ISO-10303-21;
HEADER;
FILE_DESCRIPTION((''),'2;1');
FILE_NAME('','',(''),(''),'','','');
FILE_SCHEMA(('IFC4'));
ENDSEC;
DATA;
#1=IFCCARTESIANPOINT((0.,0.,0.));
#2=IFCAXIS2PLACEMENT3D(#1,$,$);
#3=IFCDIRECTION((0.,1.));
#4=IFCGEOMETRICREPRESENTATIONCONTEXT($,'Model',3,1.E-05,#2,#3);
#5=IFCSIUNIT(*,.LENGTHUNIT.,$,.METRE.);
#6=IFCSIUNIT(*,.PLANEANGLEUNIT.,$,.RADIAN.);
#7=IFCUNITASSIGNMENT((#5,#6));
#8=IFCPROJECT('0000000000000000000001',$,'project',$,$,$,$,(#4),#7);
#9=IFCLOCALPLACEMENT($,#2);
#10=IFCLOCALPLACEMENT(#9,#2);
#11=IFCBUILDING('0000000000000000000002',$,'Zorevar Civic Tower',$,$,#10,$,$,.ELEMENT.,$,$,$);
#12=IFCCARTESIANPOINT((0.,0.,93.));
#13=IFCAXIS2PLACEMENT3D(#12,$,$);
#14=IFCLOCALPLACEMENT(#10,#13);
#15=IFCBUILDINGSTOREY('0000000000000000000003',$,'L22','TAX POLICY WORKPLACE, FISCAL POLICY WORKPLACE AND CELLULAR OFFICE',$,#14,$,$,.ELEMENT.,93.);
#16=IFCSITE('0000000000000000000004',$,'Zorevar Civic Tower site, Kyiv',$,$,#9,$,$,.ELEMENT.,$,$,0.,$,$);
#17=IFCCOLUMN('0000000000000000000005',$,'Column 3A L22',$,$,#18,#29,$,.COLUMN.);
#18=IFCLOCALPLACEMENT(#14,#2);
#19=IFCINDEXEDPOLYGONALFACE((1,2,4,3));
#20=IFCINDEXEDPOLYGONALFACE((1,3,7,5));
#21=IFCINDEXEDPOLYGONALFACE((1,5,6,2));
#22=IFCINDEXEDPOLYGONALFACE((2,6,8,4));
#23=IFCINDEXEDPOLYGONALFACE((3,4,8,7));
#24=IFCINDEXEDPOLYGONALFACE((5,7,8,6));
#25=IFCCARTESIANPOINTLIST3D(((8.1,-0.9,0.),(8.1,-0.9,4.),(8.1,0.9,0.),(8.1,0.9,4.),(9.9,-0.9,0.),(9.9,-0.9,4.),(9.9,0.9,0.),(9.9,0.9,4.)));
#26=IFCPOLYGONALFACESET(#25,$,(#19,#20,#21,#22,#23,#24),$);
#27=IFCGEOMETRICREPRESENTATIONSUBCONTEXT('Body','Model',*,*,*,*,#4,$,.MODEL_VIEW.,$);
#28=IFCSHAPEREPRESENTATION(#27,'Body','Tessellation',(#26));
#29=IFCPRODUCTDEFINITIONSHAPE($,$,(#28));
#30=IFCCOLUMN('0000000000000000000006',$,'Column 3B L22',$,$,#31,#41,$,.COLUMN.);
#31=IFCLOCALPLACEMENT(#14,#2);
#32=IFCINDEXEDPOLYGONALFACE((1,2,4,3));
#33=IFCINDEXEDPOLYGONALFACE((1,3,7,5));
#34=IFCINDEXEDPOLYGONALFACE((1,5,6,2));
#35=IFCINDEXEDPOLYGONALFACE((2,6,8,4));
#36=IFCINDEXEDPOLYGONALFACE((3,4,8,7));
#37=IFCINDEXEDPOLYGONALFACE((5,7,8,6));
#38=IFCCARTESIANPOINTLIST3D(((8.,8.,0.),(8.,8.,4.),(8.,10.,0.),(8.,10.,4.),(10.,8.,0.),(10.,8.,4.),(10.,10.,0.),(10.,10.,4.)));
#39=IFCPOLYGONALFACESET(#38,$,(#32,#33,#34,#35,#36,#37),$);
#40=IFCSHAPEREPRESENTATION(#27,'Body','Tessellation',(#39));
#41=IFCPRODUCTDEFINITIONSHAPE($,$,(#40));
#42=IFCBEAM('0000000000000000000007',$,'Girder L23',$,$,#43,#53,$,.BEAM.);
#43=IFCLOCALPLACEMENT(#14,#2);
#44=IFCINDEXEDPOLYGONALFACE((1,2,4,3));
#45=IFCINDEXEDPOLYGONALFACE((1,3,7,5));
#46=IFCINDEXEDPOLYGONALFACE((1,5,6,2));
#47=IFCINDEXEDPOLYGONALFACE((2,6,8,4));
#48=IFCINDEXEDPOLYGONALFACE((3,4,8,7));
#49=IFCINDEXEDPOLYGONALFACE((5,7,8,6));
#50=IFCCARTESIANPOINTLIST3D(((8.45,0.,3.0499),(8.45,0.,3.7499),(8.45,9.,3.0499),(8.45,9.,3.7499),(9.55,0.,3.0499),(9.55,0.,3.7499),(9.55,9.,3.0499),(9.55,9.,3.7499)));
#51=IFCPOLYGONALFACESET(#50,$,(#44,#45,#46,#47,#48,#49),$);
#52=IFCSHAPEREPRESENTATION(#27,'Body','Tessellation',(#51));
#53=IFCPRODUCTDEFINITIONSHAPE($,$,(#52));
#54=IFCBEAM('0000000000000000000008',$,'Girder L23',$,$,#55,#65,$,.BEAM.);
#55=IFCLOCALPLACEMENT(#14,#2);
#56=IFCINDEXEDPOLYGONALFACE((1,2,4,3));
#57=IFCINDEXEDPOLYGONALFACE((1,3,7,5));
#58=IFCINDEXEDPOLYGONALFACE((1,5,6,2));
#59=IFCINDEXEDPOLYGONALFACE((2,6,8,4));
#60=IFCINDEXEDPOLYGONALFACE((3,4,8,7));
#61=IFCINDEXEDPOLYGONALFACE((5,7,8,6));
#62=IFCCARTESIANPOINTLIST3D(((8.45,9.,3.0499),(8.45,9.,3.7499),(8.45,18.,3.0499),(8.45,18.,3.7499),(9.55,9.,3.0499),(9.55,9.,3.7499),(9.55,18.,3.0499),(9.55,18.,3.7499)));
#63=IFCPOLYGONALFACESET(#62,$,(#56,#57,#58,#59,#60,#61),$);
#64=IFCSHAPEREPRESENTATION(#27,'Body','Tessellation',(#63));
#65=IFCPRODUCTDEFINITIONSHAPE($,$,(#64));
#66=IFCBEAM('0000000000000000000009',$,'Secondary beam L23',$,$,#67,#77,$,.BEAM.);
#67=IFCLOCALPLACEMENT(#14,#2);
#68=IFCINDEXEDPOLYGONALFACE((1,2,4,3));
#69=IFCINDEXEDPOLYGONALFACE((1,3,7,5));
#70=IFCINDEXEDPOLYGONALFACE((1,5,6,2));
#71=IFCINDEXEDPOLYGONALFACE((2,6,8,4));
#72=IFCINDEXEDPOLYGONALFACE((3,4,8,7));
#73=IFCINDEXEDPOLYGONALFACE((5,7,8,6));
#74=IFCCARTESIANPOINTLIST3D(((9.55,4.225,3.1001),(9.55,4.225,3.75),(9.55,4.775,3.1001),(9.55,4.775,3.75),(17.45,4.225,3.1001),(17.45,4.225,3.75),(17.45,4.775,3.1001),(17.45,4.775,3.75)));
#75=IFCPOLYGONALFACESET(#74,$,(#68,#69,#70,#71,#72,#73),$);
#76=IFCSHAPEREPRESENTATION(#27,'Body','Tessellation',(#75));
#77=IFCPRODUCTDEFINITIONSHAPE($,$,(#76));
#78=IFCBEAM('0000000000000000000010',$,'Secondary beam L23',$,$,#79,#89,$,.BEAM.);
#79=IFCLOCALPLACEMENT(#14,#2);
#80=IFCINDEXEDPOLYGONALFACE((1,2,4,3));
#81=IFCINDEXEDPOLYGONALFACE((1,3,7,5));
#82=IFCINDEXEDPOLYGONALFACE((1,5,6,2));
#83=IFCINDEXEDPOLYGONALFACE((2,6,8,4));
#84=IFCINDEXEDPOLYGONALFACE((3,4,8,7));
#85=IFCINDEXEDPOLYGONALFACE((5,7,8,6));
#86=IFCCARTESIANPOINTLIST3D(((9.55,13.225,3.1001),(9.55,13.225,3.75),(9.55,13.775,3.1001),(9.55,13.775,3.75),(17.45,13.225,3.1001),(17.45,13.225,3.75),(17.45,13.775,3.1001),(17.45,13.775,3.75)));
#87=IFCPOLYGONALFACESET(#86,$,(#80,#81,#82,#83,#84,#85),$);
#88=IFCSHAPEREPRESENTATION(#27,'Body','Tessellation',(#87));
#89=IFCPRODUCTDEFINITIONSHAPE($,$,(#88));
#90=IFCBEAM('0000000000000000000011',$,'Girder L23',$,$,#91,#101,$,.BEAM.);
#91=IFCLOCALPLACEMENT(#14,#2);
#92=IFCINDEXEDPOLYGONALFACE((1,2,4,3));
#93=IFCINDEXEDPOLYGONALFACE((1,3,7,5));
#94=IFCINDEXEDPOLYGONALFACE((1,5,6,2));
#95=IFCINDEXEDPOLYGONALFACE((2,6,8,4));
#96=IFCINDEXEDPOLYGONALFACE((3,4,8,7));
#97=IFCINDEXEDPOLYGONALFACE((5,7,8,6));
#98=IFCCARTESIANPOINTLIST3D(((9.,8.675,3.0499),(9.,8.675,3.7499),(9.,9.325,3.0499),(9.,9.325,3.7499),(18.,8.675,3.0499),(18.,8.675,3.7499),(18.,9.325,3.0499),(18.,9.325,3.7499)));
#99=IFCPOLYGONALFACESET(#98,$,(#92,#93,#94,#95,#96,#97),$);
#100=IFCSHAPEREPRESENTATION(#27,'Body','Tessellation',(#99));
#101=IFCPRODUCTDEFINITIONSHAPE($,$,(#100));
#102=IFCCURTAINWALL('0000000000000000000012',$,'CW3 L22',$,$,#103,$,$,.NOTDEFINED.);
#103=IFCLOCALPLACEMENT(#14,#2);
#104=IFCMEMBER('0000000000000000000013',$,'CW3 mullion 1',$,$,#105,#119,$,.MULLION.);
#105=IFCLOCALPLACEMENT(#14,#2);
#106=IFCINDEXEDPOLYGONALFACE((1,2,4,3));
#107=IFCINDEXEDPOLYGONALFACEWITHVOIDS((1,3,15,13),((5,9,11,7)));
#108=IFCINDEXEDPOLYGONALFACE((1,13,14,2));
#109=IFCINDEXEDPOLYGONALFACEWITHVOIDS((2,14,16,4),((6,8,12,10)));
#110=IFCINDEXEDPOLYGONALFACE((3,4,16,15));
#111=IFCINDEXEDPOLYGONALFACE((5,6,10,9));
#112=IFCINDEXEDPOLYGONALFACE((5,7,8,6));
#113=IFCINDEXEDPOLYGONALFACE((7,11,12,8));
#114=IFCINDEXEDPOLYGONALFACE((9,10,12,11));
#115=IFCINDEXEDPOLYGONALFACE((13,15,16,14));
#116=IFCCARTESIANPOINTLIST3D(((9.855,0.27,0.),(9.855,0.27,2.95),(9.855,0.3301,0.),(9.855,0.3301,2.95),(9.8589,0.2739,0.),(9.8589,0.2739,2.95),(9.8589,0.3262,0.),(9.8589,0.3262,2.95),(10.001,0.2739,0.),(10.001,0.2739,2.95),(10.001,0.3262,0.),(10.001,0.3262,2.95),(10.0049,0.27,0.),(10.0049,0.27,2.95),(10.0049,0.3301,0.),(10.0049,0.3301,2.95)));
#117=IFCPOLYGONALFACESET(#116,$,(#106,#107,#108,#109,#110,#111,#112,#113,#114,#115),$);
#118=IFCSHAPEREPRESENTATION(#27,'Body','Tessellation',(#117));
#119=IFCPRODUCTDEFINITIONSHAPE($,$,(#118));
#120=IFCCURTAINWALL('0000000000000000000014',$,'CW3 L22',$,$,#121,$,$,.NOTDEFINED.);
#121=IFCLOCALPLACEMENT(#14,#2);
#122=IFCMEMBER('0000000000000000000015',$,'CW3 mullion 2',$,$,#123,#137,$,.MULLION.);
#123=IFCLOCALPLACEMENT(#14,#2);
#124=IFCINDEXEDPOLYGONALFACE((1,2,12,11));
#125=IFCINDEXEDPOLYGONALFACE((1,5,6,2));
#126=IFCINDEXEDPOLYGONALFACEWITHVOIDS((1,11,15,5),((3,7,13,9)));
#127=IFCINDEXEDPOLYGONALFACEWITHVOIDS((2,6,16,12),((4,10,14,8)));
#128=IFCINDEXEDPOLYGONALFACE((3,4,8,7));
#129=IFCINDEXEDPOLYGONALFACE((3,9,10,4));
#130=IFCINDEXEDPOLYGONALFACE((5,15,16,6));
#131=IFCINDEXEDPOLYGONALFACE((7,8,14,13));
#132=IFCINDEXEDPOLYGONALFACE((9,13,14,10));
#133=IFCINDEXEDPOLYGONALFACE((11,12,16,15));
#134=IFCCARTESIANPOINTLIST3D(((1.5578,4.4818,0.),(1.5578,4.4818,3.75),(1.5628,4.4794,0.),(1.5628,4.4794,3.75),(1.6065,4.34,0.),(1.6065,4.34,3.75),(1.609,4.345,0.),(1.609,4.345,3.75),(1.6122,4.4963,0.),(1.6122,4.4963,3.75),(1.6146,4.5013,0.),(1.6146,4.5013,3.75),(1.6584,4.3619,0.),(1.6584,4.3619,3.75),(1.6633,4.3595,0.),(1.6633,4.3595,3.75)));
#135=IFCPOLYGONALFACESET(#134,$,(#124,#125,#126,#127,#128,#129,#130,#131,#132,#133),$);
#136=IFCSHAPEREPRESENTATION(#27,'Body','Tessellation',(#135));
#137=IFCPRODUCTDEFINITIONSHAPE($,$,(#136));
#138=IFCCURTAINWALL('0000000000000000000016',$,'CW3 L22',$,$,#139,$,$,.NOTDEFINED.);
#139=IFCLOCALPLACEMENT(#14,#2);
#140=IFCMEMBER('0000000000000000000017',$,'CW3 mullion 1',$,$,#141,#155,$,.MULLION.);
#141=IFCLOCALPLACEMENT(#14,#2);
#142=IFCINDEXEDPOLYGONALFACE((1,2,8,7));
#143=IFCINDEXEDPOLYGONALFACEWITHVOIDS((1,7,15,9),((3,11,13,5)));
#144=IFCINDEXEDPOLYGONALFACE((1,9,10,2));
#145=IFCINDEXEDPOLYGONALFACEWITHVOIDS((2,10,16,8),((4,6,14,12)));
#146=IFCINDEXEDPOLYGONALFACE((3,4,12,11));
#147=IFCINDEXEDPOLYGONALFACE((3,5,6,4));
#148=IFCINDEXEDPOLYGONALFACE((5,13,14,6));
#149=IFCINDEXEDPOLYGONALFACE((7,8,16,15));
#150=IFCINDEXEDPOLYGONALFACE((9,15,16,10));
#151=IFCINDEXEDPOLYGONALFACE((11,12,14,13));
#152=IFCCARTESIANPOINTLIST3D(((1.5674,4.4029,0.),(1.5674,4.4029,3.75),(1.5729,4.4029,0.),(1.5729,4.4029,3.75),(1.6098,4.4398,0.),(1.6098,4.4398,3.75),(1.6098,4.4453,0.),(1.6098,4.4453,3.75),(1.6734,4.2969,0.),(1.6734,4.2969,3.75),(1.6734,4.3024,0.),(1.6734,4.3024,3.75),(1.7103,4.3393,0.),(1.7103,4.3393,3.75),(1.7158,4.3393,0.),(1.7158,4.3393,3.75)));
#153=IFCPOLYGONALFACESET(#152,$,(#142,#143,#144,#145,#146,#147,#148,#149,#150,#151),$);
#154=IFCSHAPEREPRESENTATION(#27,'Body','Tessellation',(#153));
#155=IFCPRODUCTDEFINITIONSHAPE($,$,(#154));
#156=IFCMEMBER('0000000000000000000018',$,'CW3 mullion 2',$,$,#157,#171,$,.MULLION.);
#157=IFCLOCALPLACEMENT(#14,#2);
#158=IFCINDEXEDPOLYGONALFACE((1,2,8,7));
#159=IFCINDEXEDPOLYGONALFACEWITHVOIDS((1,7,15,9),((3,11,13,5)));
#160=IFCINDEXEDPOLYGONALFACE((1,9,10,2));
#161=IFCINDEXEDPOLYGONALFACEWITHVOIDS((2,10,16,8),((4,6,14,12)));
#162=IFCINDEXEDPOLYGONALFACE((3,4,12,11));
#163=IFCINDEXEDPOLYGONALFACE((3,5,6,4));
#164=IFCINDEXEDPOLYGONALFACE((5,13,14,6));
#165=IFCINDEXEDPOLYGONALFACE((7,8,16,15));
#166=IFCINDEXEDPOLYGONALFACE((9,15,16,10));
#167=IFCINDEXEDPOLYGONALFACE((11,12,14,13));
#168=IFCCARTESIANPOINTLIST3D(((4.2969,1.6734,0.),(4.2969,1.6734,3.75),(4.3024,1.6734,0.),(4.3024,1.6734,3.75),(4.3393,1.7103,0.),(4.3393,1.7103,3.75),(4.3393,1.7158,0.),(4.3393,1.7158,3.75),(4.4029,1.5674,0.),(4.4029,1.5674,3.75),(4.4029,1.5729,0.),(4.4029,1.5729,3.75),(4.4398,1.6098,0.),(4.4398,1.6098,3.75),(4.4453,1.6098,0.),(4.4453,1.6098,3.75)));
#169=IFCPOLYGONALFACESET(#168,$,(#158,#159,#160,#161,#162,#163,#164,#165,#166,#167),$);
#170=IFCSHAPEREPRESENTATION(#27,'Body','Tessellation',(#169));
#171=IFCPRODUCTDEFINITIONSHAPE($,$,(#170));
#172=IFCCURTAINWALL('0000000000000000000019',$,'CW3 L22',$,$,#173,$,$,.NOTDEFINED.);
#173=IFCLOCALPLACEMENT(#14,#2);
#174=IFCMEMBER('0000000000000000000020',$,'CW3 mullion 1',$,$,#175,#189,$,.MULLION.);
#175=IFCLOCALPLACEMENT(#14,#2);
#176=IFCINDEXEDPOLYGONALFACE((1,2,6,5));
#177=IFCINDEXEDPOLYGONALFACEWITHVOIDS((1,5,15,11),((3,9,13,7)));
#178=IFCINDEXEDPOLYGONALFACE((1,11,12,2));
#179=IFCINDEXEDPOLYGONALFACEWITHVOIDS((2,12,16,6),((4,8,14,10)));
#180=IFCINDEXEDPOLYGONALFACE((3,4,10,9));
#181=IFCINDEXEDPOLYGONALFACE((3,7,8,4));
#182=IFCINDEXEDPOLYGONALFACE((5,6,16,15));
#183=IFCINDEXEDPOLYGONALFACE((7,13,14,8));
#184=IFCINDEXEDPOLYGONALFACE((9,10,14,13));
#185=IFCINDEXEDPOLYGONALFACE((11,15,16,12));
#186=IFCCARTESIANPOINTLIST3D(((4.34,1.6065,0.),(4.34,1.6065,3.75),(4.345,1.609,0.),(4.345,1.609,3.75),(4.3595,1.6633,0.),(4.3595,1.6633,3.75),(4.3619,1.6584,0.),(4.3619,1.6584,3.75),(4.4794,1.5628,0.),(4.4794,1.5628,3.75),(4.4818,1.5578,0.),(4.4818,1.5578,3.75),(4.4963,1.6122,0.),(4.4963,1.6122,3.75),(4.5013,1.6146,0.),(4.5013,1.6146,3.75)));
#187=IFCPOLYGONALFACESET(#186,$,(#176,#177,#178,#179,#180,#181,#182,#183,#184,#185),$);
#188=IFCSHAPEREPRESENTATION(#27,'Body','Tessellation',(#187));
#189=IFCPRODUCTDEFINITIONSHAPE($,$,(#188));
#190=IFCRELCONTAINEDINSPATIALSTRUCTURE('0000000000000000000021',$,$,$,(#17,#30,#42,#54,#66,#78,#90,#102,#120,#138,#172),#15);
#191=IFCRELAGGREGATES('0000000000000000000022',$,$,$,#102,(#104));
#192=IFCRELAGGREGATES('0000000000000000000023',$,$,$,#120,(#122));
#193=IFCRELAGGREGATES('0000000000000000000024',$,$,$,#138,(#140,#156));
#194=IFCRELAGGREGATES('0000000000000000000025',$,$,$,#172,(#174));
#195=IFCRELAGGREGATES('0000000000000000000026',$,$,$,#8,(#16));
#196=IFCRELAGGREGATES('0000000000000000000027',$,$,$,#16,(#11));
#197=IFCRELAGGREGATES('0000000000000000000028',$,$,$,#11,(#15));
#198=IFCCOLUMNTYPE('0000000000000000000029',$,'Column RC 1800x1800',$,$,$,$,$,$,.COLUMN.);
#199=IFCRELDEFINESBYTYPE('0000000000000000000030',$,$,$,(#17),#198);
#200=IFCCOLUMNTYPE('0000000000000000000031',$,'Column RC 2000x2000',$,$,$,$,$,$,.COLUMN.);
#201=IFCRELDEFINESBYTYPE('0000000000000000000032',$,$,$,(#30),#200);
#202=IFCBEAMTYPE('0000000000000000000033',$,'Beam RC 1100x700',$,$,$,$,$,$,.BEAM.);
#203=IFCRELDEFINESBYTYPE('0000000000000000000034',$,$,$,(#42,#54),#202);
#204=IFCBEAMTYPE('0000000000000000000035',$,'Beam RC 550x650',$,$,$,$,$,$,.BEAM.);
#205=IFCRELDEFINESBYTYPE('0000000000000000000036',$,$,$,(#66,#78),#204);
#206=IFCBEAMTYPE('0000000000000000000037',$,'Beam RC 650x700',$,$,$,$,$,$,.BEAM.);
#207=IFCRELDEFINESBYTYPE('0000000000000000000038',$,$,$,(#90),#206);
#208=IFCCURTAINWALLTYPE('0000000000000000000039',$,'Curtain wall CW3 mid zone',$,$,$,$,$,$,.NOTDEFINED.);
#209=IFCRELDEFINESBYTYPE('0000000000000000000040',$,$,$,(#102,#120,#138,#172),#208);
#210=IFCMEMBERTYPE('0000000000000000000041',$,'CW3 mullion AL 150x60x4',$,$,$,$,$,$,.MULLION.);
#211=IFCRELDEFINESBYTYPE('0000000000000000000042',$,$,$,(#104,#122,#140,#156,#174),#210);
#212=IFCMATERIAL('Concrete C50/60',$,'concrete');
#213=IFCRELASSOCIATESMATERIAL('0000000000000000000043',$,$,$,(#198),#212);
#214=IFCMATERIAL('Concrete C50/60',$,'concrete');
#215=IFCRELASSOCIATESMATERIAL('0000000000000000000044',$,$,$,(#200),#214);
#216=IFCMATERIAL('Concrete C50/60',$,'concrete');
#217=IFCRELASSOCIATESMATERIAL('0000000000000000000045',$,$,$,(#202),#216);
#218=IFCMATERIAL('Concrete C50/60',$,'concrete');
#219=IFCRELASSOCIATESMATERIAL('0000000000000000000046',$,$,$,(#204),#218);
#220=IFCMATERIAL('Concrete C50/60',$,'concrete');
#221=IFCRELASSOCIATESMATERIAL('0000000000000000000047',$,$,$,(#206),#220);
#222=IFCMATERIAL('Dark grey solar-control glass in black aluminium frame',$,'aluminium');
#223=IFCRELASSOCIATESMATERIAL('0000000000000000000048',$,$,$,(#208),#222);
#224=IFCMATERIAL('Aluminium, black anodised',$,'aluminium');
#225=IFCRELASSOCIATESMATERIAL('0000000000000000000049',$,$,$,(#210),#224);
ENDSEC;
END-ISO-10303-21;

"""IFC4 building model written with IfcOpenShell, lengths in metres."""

from ifc_helpers import new_model, si_unit, direction, frame, origin, origin_2d, place, context, subcontext, project, spatial, rectangle, hollow_rectangle, extrude, material, material_profile, profile_set, type_object, element, aggregate, save


model = new_model("IFC4")

# Units and contexts
model_context = context("Model", 3, precision=1e-05, world=origin(), true_north=direction((0.0, 1.0)))
body_context = subcontext(model_context, "Body", "Model", "MODEL_VIEW")
ifc_project = project(units=[si_unit("LENGTHUNIT", "METRE"), si_unit("PLANEANGLEUNIT", "RADIAN")], contexts=[model_context])

# Site, building, storey
site_placement = place(None, origin())
site = spatial("IfcSite", under=ifc_project, at=site_placement, Name="Zorevar Civic Tower site, Kyiv", CompositionType="ELEMENT", RefElevation=0.0)
building_placement = place(site_placement, origin())
building = spatial("IfcBuilding", under=site, at=building_placement, Name="Zorevar Civic Tower", CompositionType="ELEMENT")
storey_placement = place(building_placement, frame((0.0, 0.0, 93.0)))
storey = spatial("IfcBuildingStorey", under=building, at=storey_placement, Name="L22", Description="TAX POLICY WORKPLACE, FISCAL POLICY WORKPLACE AND CELLULAR OFFICE", CompositionType="ELEMENT", Elevation=93.0)

# Columns
ifc_material_1 = material(Name="Concrete C50/60", Category="concrete")
ifc_material_profile_1 = material_profile(ifc_material_1, rectangle(XDim=1.8, YDim=1.8, at=origin_2d()), Name="RC 1800x1800")
ifc_profile_set_1 = profile_set([ifc_material_profile_1], Name="Concrete C50/60")
column_type_1 = type_object("IfcColumnType", Name="Column RC 1800x1800", PredefinedType="COLUMN", material=ifc_profile_set_1)
column_1_placement = place(storey_placement, frame((9.0, 0.0, 0.0), z_axis=(0.0, 0.0, 1.0), x_axis=(1.0, 0.0, 0.0)))
element("IfcColumn", 1, at=column_1_placement, inside=storey, type_object=column_type_1, Name="Column 3A L22", PredefinedType="COLUMN", context=body_context, shape_type="SweptSolid", body=[
    extrude(rectangle(XDim=1.8, YDim=1.8, at=origin_2d()), origin(), (0.0, 0.0, 1.0), 4.0),
])
ifc_material_2 = material(Name="Concrete C50/60", Category="concrete")
ifc_material_profile_2 = material_profile(ifc_material_2, rectangle(XDim=2.0, YDim=2.0, at=origin_2d()), Name="RC 2000x2000")
ifc_profile_set_2 = profile_set([ifc_material_profile_2], Name="Concrete C50/60")
column_type_2 = type_object("IfcColumnType", Name="Column RC 2000x2000", PredefinedType="COLUMN", material=ifc_profile_set_2)
column_2_placement = place(storey_placement, frame((9.0, 9.0, 0.0), z_axis=(0.0, 0.0, 1.0), x_axis=(1.0, 0.0, 0.0)))
element("IfcColumn", 2, at=column_2_placement, inside=storey, type_object=column_type_2, Name="Column 3B L22", PredefinedType="COLUMN", context=body_context, shape_type="SweptSolid", body=[
    extrude(rectangle(XDim=2.0, YDim=2.0, at=origin_2d()), origin(), (0.0, 0.0, 1.0), 4.0),
])

# Beams
ifc_material_3 = material(Name="Concrete C50/60", Category="concrete")
ifc_material_profile_3 = material_profile(ifc_material_3, rectangle(XDim=1.1001, YDim=0.7, at=origin_2d()), Name="RC 1100x700")
ifc_profile_set_3 = profile_set([ifc_material_profile_3], Name="Concrete C50/60")
beam_type_1 = type_object("IfcBeamType", Name="Beam RC 1100x700", PredefinedType="BEAM", material=ifc_profile_set_3)
for number, where, z_axis, x_axis, name in (
    (3, (9.0, 0.0, 3.3999), (0.0, 1.0, 0.0), (-1.0, 0.0, 0.0), "Girder L23"),
    (4, (9.0, 9.0, 3.3999), (0.0, 1.0, 0.0), (-1.0, 0.0, 0.0), "Girder L23"),
):
    element("IfcBeam", number, at=place(storey_placement, frame(where, z_axis=z_axis, x_axis=x_axis)), inside=storey, type_object=beam_type_1, Name=name, PredefinedType="BEAM", context=body_context, shape_type="SweptSolid", body=[
        extrude(rectangle(XDim=1.1001, YDim=0.7, at=origin_2d()), origin(), (0.0, 0.0, 1.0), 9.0),
    ])
ifc_material_4 = material(Name="Concrete C50/60", Category="concrete")
ifc_material_profile_4 = material_profile(ifc_material_4, rectangle(XDim=0.55, YDim=0.6499, at=origin_2d()), Name="RC 550x650")
ifc_profile_set_4 = profile_set([ifc_material_profile_4], Name="Concrete C50/60")
beam_type_2 = type_object("IfcBeamType", Name="Beam RC 550x650", PredefinedType="BEAM", material=ifc_profile_set_4)
for number, where, z_axis, x_axis, name in (
    (5, (9.55, 4.5, 3.425), (1.0, 0.0, 0.0), (0.0, 1.0, 0.0), "Secondary beam L23"),
    (6, (9.55, 13.5, 3.425), (1.0, 0.0, 0.0), (0.0, 1.0, 0.0), "Secondary beam L23"),
):
    element("IfcBeam", number, at=place(storey_placement, frame(where, z_axis=z_axis, x_axis=x_axis)), inside=storey, type_object=beam_type_2, Name=name, PredefinedType="BEAM", context=body_context, shape_type="SweptSolid", body=[
        extrude(rectangle(XDim=0.55, YDim=0.6499, at=origin_2d()), origin(), (0.0, 0.0, 1.0), 7.8999),
    ])
ifc_material_5 = material(Name="Concrete C50/60", Category="concrete")
ifc_material_profile_5 = material_profile(ifc_material_5, rectangle(XDim=0.6499, YDim=0.7, at=origin_2d()), Name="RC 650x700")
ifc_profile_set_5 = profile_set([ifc_material_profile_5], Name="Concrete C50/60")
beam_type_3 = type_object("IfcBeamType", Name="Beam RC 650x700", PredefinedType="BEAM", material=ifc_profile_set_5)
beam_1_placement = place(storey_placement, frame((9.0, 9.0, 3.3999), z_axis=(1.0, 0.0, 0.0), x_axis=(0.0, 1.0, 0.0)))
element("IfcBeam", 7, at=beam_1_placement, inside=storey, type_object=beam_type_3, Name="Girder L23", PredefinedType="BEAM", context=body_context, shape_type="SweptSolid", body=[
    extrude(rectangle(XDim=0.6499, YDim=0.7, at=origin_2d()), origin(), (0.0, 0.0, 1.0), 9.0),
])

# Curtain walls, members
ifc_material_6 = material(Name="Dark grey solar-control glass in black aluminium frame", Category="aluminium")
curtain_wall_type = type_object("IfcCurtainWallType", Name="Curtain wall CW3 mid zone", PredefinedType="NOTDEFINED", material=ifc_material_6)
curtain_wall_1_placement = place(storey_placement, origin())
curtain_wall_1 = element("IfcCurtainWall", 8, at=curtain_wall_1_placement, inside=storey, type_object=curtain_wall_type, Name="CW3 L22", PredefinedType="NOTDEFINED")
ifc_material_7 = material(Name="Aluminium, black anodised", Category="aluminium")
ifc_material_profile_6 = material_profile(ifc_material_7, hollow_rectangle(XDim=0.0601, YDim=0.1499, WallThickness=0.0039, at=origin_2d()), Name="AL 150x60x4")
ifc_profile_set_6 = profile_set([ifc_material_profile_6], Name="Aluminium, black anodised")
member_type_1 = type_object("IfcMemberType", Name="CW3 mullion AL 150x60x4", PredefinedType="MULLION", material=ifc_profile_set_6)
member_1_placement = place(storey_placement, frame((9.9299, 0.3, 0.0), z_axis=(0.0, 0.0, 1.0), x_axis=(0.0, 1.0, 0.0)))
member_1 = element("IfcMember", 9, at=member_1_placement, type_object=member_type_1, Name="CW3 mullion 1", PredefinedType="MULLION", context=body_context, shape_type="SweptSolid", body=[
    extrude(hollow_rectangle(XDim=0.0601, YDim=0.1499, WallThickness=0.0039, at=origin_2d()), origin(), (0.0, 0.0, 1.0), 2.95),
])
curtain_wall_2_placement = place(storey_placement, origin())
curtain_wall_2 = element("IfcCurtainWall", 10, at=curtain_wall_2_placement, inside=storey, type_object=curtain_wall_type, Name="CW3 L22", PredefinedType="NOTDEFINED")
member_2_placement = place(storey_placement, frame((1.6106, 4.4207, 0.0), z_axis=(0.0, 0.0, 1.0), x_axis=(0.945756, 0.324878, 0.0)))
member_2 = element("IfcMember", 11, at=member_2_placement, type_object=member_type_1, Name="CW3 mullion 2", PredefinedType="MULLION", context=body_context, shape_type="SweptSolid", body=[
    extrude(hollow_rectangle(XDim=0.0601, YDim=0.1499, WallThickness=0.0039, at=origin_2d()), origin(), (0.0, 0.0, 1.0), 3.75),
])

# Curtain walls, members
curtain_wall_3_placement = place(storey_placement, origin())
curtain_wall_3 = element("IfcCurtainWall", 12, at=curtain_wall_3_placement, inside=storey, type_object=curtain_wall_type, Name="CW3 L22", PredefinedType="NOTDEFINED")
member_3_placement = place(storey_placement, frame((1.6416, 4.3711, 0.0), z_axis=(0.0, 0.0, 1.0), x_axis=(0.707107, 0.707107, 0.0)))
member_3 = element("IfcMember", 13, at=member_3_placement, type_object=member_type_1, Name="CW3 mullion 1", PredefinedType="MULLION", context=body_context, shape_type="SweptSolid", body=[
    extrude(hollow_rectangle(XDim=0.0601, YDim=0.1499, WallThickness=0.0039, at=origin_2d()), origin(), (0.0, 0.0, 1.0), 3.75),
])
member_4_placement = place(storey_placement, frame((4.3711, 1.6416, 0.0), z_axis=(0.0, 0.0, 1.0), x_axis=(0.707107, 0.707107, 0.0)))
member_4 = element("IfcMember", 14, at=member_4_placement, type_object=member_type_1, Name="CW3 mullion 2", PredefinedType="MULLION", context=body_context, shape_type="SweptSolid", body=[
    extrude(hollow_rectangle(XDim=0.0601, YDim=0.1499, WallThickness=0.0039, at=origin_2d()), origin(), (0.0, 0.0, 1.0), 3.75),
])
curtain_wall_4_placement = place(storey_placement, origin())
curtain_wall_4 = element("IfcCurtainWall", 15, at=curtain_wall_4_placement, inside=storey, type_object=curtain_wall_type, Name="CW3 L22", PredefinedType="NOTDEFINED")
member_5_placement = place(storey_placement, frame((4.4207, 1.6106, 0.0), z_axis=(0.0, 0.0, 1.0), x_axis=(0.324878, 0.945756, 0.0)))
member_5 = element("IfcMember", 16, at=member_5_placement, type_object=member_type_1, Name="CW3 mullion 1", PredefinedType="MULLION", context=body_context, shape_type="SweptSolid", body=[
    extrude(hollow_rectangle(XDim=0.0601, YDim=0.1499, WallThickness=0.0039, at=origin_2d()), origin(), (0.0, 0.0, 1.0), 3.75),
])

aggregate(curtain_wall_1, [member_1])

aggregate(curtain_wall_2, [member_2])
aggregate(curtain_wall_3, [member_3, member_4])
aggregate(curtain_wall_4, [member_5])

save(model, "model.ifc")
